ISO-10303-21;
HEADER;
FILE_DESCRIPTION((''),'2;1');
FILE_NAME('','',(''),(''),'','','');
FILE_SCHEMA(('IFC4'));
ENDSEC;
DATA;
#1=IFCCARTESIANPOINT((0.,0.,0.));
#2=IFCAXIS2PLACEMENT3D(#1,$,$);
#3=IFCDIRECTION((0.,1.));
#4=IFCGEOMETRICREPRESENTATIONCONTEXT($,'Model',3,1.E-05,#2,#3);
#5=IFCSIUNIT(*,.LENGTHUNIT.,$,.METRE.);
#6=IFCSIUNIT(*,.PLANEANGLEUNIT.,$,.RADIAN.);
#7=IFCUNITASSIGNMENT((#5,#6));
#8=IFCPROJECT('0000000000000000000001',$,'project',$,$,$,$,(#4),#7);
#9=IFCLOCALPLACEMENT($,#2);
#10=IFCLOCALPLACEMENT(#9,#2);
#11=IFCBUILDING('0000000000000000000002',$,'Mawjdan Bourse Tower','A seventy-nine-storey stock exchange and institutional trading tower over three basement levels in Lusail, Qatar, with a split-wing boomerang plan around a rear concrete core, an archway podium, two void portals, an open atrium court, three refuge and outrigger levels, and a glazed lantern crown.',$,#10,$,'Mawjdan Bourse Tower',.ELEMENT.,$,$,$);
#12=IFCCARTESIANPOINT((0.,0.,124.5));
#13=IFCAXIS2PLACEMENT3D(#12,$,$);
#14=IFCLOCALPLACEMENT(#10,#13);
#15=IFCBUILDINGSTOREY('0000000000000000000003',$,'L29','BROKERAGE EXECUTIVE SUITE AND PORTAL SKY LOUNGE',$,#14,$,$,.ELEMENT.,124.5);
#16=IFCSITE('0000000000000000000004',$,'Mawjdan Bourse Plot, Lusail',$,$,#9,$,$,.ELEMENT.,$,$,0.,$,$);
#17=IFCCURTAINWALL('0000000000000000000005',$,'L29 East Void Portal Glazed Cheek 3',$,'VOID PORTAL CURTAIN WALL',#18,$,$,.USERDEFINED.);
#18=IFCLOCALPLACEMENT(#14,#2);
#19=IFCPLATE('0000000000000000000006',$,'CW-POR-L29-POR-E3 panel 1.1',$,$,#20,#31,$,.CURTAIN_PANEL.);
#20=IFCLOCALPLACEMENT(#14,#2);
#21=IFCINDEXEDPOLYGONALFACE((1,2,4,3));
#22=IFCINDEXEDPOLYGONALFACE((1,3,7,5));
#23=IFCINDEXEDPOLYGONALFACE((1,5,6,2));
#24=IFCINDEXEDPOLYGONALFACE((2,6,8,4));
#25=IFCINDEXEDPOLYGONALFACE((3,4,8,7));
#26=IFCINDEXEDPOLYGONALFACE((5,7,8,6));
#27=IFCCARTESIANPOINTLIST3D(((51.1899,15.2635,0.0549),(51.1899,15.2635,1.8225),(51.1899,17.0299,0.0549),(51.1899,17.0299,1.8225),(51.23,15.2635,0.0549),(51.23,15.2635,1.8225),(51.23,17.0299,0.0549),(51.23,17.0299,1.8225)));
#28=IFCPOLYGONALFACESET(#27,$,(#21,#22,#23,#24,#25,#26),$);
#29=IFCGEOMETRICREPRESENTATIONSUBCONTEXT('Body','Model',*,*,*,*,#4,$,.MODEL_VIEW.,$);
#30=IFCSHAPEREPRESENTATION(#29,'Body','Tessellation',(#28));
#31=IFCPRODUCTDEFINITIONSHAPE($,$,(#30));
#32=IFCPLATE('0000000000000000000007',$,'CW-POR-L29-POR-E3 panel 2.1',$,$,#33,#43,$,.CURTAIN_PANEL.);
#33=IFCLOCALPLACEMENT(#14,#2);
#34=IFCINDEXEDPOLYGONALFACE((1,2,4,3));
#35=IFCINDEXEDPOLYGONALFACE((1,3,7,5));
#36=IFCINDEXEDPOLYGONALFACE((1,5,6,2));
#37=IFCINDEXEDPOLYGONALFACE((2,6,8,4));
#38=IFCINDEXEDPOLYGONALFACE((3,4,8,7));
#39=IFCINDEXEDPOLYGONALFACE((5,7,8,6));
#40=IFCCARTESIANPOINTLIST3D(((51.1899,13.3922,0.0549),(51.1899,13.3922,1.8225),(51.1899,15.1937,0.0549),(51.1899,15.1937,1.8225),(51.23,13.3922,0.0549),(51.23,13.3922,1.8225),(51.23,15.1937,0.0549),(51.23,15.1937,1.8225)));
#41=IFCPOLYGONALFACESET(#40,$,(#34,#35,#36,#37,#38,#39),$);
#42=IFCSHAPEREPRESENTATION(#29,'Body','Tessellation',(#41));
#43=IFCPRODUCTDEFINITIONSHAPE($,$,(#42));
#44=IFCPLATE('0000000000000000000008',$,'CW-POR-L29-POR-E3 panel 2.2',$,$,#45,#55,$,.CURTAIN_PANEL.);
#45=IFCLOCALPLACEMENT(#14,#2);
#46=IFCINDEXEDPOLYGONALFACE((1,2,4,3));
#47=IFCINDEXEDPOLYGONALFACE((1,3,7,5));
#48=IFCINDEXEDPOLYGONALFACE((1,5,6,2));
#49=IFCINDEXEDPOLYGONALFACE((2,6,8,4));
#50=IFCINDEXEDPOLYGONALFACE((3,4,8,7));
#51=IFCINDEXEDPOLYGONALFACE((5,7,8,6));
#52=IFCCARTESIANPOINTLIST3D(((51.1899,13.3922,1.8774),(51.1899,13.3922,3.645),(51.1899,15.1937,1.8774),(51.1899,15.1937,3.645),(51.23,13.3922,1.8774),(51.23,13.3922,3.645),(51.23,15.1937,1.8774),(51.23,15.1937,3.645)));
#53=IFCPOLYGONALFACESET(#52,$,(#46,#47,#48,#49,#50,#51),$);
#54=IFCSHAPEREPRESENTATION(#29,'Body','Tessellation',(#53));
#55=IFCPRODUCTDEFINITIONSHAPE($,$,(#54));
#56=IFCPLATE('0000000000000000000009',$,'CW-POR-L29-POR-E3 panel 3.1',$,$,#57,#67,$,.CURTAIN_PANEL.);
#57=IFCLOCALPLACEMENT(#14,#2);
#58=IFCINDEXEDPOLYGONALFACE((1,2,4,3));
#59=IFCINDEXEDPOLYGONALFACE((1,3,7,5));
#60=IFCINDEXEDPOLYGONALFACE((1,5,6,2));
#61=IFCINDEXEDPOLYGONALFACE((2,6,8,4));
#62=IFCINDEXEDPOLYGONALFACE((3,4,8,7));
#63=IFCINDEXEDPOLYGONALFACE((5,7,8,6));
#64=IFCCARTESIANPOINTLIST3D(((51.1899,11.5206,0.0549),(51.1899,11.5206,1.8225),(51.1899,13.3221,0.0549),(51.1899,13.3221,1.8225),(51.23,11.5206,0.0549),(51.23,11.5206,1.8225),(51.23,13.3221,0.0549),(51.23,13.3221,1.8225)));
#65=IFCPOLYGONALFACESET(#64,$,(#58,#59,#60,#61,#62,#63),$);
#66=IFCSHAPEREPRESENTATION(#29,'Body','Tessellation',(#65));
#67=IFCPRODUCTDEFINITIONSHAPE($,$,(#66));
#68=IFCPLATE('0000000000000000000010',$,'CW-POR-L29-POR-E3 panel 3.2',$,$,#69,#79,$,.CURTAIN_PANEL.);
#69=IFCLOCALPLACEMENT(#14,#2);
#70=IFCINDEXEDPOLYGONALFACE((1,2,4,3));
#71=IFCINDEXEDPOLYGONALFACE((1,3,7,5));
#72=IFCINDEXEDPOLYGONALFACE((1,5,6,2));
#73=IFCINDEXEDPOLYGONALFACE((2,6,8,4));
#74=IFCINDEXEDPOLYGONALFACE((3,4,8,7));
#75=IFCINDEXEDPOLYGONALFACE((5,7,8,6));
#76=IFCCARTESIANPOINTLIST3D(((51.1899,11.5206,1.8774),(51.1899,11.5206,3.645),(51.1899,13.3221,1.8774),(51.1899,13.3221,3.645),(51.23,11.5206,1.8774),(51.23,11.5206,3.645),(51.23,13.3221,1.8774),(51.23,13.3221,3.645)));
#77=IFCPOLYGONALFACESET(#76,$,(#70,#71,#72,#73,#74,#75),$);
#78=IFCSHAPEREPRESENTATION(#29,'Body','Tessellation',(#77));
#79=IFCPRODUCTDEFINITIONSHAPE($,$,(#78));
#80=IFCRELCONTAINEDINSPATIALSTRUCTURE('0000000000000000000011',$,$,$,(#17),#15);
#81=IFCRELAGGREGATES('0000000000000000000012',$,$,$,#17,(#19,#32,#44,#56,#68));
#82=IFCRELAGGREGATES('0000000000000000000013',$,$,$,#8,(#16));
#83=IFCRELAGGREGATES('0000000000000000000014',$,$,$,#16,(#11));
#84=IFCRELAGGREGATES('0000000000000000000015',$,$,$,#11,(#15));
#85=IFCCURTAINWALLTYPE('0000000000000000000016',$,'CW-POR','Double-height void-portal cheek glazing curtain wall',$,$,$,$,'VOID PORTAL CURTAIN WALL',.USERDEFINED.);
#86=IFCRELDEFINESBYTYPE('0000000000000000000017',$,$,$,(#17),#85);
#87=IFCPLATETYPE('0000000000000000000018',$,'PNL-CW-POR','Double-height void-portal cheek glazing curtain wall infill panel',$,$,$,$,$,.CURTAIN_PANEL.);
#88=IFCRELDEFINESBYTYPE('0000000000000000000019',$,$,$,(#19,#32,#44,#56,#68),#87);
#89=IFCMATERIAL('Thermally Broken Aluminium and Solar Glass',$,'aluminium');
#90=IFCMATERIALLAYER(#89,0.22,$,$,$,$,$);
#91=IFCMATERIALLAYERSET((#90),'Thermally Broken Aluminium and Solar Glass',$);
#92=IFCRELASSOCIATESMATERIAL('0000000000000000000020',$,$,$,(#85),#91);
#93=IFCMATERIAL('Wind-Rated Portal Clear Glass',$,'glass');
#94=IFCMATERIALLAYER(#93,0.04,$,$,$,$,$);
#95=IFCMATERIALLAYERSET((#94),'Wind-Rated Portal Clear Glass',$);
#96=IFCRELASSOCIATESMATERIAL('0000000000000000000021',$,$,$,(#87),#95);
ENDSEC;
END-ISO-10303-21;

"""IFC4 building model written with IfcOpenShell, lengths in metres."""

from ifc_helpers import new_model, si_unit, direction, frame, origin, origin_2d, place, context, subcontext, project, spatial, rectangle, extrude, material, layer, layer_set, type_object, element, aggregate, save


model = new_model("IFC4")

# Units and contexts
model_context = context("Model", 3, precision=1e-05, world=origin(), true_north=direction((0.0, 1.0)))
body_context = subcontext(model_context, "Body", "Model", "MODEL_VIEW")
ifc_project = project(units=[si_unit("LENGTHUNIT", "METRE"), si_unit("PLANEANGLEUNIT", "RADIAN")], contexts=[model_context])

# Site, building, storey
site_placement = place(None, origin())
site = spatial("IfcSite", under=ifc_project, at=site_placement, Name="Mawjdan Bourse Plot, Lusail", CompositionType="ELEMENT", RefElevation=0.0)
building_placement = place(site_placement, origin())
building = spatial("IfcBuilding", under=site, at=building_placement, Name="Mawjdan Bourse Tower", Description="A seventy-nine-storey stock exchange and institutional trading tower over three basement levels in Lusail, Qatar, with a split-wing boomerang plan around a rear concrete core, an archway podium, two void portals, an open atrium court, three refuge and outrigger levels, and a glazed lantern crown.", LongName="Mawjdan Bourse Tower", CompositionType="ELEMENT")
storey_placement = place(building_placement, frame((0.0, 0.0, 124.5)))
storey = spatial("IfcBuildingStorey", under=building, at=storey_placement, Name="L29", Description="BROKERAGE EXECUTIVE SUITE AND PORTAL SKY LOUNGE", CompositionType="ELEMENT", Elevation=124.5)

# Curtain wall
ifc_material_1 = material(Name="Thermally Broken Aluminium and Solar Glass", Category="aluminium")
ifc_layer_1 = layer(ifc_material_1, 0.22)
ifc_layer_set_1 = layer_set([ifc_layer_1], Name="Thermally Broken Aluminium and Solar Glass")
curtain_wall_type = type_object("IfcCurtainWallType", Name="CW-POR", Description="Double-height void-portal cheek glazing curtain wall", ElementType="VOID PORTAL CURTAIN WALL", PredefinedType="USERDEFINED", material=ifc_layer_set_1)
curtain_wall_placement = place(storey_placement, origin())
curtain_wall = element("IfcCurtainWall", 1, at=curtain_wall_placement, inside=storey, type_object=curtain_wall_type, Name="L29 East Void Portal Glazed Cheek 3", ObjectType="VOID PORTAL CURTAIN WALL", PredefinedType="USERDEFINED")

# Plates
ifc_material_2 = material(Name="Wind-Rated Portal Clear Glass", Category="glass")
ifc_layer_2 = layer(ifc_material_2, 0.04)
ifc_layer_set_2 = layer_set([ifc_layer_2], Name="Wind-Rated Portal Clear Glass")
plate_type = type_object("IfcPlateType", Name="PNL-CW-POR", Description="Double-height void-portal cheek glazing curtain wall infill panel", PredefinedType="CURTAIN_PANEL", material=ifc_layer_set_2)
plate_1_placement = place(storey_placement, frame((51.21, 16.1467, 0.0549), z_axis=(0.0, 0.0, 1.0), x_axis=(0.0, -1.0, 0.0)))
plate_1 = element("IfcPlate", 2, at=plate_1_placement, type_object=plate_type, Name="CW-POR-L29-POR-E3 panel 1.1", PredefinedType="CURTAIN_PANEL", context=body_context, shape_type="SweptSolid", body=[
    extrude(rectangle(XDim=1.7664, YDim=0.04, at=origin_2d()), origin(), (0.0, 0.0, 1.0), 1.7676),
])
plate_2_placement = place(storey_placement, frame((51.21, 14.293, 0.0549), z_axis=(0.0, 0.0, 1.0), x_axis=(0.0, -1.0, 0.0)))
plate_2 = element("IfcPlate", 3, at=plate_2_placement, type_object=plate_type, Name="CW-POR-L29-POR-E3 panel 2.1", PredefinedType="CURTAIN_PANEL", context=body_context, shape_type="SweptSolid", body=[
    extrude(rectangle(XDim=1.8015, YDim=0.04, at=origin_2d()), origin(), (0.0, 0.0, 1.0), 1.7676),
])
plate_3_placement = place(storey_placement, frame((51.21, 14.293, 1.8774), z_axis=(0.0, 0.0, 1.0), x_axis=(0.0, -1.0, 0.0)))
plate_3 = element("IfcPlate", 4, at=plate_3_placement, type_object=plate_type, Name="CW-POR-L29-POR-E3 panel 2.2", PredefinedType="CURTAIN_PANEL", context=body_context, shape_type="SweptSolid", body=[
    extrude(rectangle(XDim=1.8015, YDim=0.04, at=origin_2d()), origin(), (0.0, 0.0, 1.0), 1.7676),
])
plate_4_placement = place(storey_placement, frame((51.21, 12.4214, 0.0549), z_axis=(0.0, 0.0, 1.0), x_axis=(0.0, -1.0, 0.0)))
plate_4 = element("IfcPlate", 5, at=plate_4_placement, type_object=plate_type, Name="CW-POR-L29-POR-E3 panel 3.1", PredefinedType="CURTAIN_PANEL", context=body_context, shape_type="SweptSolid", body=[
    extrude(rectangle(XDim=1.8015, YDim=0.04, at=origin_2d()), origin(), (0.0, 0.0, 1.0), 1.7676),
])
plate_5_placement = place(storey_placement, frame((51.21, 12.4214, 1.8774), z_axis=(0.0, 0.0, 1.0), x_axis=(0.0, -1.0, 0.0)))
plate_5 = element("IfcPlate", 6, at=plate_5_placement, type_object=plate_type, Name="CW-POR-L29-POR-E3 panel 3.2", PredefinedType="CURTAIN_PANEL", context=body_context, shape_type="SweptSolid", body=[
    extrude(rectangle(XDim=1.8015, YDim=0.04, at=origin_2d()), origin(), (0.0, 0.0, 1.0), 1.7676),
])
aggregate(curtain_wall, [plate_1, plate_2, plate_3, plate_4, plate_5])

save(model, "model.ifc")
